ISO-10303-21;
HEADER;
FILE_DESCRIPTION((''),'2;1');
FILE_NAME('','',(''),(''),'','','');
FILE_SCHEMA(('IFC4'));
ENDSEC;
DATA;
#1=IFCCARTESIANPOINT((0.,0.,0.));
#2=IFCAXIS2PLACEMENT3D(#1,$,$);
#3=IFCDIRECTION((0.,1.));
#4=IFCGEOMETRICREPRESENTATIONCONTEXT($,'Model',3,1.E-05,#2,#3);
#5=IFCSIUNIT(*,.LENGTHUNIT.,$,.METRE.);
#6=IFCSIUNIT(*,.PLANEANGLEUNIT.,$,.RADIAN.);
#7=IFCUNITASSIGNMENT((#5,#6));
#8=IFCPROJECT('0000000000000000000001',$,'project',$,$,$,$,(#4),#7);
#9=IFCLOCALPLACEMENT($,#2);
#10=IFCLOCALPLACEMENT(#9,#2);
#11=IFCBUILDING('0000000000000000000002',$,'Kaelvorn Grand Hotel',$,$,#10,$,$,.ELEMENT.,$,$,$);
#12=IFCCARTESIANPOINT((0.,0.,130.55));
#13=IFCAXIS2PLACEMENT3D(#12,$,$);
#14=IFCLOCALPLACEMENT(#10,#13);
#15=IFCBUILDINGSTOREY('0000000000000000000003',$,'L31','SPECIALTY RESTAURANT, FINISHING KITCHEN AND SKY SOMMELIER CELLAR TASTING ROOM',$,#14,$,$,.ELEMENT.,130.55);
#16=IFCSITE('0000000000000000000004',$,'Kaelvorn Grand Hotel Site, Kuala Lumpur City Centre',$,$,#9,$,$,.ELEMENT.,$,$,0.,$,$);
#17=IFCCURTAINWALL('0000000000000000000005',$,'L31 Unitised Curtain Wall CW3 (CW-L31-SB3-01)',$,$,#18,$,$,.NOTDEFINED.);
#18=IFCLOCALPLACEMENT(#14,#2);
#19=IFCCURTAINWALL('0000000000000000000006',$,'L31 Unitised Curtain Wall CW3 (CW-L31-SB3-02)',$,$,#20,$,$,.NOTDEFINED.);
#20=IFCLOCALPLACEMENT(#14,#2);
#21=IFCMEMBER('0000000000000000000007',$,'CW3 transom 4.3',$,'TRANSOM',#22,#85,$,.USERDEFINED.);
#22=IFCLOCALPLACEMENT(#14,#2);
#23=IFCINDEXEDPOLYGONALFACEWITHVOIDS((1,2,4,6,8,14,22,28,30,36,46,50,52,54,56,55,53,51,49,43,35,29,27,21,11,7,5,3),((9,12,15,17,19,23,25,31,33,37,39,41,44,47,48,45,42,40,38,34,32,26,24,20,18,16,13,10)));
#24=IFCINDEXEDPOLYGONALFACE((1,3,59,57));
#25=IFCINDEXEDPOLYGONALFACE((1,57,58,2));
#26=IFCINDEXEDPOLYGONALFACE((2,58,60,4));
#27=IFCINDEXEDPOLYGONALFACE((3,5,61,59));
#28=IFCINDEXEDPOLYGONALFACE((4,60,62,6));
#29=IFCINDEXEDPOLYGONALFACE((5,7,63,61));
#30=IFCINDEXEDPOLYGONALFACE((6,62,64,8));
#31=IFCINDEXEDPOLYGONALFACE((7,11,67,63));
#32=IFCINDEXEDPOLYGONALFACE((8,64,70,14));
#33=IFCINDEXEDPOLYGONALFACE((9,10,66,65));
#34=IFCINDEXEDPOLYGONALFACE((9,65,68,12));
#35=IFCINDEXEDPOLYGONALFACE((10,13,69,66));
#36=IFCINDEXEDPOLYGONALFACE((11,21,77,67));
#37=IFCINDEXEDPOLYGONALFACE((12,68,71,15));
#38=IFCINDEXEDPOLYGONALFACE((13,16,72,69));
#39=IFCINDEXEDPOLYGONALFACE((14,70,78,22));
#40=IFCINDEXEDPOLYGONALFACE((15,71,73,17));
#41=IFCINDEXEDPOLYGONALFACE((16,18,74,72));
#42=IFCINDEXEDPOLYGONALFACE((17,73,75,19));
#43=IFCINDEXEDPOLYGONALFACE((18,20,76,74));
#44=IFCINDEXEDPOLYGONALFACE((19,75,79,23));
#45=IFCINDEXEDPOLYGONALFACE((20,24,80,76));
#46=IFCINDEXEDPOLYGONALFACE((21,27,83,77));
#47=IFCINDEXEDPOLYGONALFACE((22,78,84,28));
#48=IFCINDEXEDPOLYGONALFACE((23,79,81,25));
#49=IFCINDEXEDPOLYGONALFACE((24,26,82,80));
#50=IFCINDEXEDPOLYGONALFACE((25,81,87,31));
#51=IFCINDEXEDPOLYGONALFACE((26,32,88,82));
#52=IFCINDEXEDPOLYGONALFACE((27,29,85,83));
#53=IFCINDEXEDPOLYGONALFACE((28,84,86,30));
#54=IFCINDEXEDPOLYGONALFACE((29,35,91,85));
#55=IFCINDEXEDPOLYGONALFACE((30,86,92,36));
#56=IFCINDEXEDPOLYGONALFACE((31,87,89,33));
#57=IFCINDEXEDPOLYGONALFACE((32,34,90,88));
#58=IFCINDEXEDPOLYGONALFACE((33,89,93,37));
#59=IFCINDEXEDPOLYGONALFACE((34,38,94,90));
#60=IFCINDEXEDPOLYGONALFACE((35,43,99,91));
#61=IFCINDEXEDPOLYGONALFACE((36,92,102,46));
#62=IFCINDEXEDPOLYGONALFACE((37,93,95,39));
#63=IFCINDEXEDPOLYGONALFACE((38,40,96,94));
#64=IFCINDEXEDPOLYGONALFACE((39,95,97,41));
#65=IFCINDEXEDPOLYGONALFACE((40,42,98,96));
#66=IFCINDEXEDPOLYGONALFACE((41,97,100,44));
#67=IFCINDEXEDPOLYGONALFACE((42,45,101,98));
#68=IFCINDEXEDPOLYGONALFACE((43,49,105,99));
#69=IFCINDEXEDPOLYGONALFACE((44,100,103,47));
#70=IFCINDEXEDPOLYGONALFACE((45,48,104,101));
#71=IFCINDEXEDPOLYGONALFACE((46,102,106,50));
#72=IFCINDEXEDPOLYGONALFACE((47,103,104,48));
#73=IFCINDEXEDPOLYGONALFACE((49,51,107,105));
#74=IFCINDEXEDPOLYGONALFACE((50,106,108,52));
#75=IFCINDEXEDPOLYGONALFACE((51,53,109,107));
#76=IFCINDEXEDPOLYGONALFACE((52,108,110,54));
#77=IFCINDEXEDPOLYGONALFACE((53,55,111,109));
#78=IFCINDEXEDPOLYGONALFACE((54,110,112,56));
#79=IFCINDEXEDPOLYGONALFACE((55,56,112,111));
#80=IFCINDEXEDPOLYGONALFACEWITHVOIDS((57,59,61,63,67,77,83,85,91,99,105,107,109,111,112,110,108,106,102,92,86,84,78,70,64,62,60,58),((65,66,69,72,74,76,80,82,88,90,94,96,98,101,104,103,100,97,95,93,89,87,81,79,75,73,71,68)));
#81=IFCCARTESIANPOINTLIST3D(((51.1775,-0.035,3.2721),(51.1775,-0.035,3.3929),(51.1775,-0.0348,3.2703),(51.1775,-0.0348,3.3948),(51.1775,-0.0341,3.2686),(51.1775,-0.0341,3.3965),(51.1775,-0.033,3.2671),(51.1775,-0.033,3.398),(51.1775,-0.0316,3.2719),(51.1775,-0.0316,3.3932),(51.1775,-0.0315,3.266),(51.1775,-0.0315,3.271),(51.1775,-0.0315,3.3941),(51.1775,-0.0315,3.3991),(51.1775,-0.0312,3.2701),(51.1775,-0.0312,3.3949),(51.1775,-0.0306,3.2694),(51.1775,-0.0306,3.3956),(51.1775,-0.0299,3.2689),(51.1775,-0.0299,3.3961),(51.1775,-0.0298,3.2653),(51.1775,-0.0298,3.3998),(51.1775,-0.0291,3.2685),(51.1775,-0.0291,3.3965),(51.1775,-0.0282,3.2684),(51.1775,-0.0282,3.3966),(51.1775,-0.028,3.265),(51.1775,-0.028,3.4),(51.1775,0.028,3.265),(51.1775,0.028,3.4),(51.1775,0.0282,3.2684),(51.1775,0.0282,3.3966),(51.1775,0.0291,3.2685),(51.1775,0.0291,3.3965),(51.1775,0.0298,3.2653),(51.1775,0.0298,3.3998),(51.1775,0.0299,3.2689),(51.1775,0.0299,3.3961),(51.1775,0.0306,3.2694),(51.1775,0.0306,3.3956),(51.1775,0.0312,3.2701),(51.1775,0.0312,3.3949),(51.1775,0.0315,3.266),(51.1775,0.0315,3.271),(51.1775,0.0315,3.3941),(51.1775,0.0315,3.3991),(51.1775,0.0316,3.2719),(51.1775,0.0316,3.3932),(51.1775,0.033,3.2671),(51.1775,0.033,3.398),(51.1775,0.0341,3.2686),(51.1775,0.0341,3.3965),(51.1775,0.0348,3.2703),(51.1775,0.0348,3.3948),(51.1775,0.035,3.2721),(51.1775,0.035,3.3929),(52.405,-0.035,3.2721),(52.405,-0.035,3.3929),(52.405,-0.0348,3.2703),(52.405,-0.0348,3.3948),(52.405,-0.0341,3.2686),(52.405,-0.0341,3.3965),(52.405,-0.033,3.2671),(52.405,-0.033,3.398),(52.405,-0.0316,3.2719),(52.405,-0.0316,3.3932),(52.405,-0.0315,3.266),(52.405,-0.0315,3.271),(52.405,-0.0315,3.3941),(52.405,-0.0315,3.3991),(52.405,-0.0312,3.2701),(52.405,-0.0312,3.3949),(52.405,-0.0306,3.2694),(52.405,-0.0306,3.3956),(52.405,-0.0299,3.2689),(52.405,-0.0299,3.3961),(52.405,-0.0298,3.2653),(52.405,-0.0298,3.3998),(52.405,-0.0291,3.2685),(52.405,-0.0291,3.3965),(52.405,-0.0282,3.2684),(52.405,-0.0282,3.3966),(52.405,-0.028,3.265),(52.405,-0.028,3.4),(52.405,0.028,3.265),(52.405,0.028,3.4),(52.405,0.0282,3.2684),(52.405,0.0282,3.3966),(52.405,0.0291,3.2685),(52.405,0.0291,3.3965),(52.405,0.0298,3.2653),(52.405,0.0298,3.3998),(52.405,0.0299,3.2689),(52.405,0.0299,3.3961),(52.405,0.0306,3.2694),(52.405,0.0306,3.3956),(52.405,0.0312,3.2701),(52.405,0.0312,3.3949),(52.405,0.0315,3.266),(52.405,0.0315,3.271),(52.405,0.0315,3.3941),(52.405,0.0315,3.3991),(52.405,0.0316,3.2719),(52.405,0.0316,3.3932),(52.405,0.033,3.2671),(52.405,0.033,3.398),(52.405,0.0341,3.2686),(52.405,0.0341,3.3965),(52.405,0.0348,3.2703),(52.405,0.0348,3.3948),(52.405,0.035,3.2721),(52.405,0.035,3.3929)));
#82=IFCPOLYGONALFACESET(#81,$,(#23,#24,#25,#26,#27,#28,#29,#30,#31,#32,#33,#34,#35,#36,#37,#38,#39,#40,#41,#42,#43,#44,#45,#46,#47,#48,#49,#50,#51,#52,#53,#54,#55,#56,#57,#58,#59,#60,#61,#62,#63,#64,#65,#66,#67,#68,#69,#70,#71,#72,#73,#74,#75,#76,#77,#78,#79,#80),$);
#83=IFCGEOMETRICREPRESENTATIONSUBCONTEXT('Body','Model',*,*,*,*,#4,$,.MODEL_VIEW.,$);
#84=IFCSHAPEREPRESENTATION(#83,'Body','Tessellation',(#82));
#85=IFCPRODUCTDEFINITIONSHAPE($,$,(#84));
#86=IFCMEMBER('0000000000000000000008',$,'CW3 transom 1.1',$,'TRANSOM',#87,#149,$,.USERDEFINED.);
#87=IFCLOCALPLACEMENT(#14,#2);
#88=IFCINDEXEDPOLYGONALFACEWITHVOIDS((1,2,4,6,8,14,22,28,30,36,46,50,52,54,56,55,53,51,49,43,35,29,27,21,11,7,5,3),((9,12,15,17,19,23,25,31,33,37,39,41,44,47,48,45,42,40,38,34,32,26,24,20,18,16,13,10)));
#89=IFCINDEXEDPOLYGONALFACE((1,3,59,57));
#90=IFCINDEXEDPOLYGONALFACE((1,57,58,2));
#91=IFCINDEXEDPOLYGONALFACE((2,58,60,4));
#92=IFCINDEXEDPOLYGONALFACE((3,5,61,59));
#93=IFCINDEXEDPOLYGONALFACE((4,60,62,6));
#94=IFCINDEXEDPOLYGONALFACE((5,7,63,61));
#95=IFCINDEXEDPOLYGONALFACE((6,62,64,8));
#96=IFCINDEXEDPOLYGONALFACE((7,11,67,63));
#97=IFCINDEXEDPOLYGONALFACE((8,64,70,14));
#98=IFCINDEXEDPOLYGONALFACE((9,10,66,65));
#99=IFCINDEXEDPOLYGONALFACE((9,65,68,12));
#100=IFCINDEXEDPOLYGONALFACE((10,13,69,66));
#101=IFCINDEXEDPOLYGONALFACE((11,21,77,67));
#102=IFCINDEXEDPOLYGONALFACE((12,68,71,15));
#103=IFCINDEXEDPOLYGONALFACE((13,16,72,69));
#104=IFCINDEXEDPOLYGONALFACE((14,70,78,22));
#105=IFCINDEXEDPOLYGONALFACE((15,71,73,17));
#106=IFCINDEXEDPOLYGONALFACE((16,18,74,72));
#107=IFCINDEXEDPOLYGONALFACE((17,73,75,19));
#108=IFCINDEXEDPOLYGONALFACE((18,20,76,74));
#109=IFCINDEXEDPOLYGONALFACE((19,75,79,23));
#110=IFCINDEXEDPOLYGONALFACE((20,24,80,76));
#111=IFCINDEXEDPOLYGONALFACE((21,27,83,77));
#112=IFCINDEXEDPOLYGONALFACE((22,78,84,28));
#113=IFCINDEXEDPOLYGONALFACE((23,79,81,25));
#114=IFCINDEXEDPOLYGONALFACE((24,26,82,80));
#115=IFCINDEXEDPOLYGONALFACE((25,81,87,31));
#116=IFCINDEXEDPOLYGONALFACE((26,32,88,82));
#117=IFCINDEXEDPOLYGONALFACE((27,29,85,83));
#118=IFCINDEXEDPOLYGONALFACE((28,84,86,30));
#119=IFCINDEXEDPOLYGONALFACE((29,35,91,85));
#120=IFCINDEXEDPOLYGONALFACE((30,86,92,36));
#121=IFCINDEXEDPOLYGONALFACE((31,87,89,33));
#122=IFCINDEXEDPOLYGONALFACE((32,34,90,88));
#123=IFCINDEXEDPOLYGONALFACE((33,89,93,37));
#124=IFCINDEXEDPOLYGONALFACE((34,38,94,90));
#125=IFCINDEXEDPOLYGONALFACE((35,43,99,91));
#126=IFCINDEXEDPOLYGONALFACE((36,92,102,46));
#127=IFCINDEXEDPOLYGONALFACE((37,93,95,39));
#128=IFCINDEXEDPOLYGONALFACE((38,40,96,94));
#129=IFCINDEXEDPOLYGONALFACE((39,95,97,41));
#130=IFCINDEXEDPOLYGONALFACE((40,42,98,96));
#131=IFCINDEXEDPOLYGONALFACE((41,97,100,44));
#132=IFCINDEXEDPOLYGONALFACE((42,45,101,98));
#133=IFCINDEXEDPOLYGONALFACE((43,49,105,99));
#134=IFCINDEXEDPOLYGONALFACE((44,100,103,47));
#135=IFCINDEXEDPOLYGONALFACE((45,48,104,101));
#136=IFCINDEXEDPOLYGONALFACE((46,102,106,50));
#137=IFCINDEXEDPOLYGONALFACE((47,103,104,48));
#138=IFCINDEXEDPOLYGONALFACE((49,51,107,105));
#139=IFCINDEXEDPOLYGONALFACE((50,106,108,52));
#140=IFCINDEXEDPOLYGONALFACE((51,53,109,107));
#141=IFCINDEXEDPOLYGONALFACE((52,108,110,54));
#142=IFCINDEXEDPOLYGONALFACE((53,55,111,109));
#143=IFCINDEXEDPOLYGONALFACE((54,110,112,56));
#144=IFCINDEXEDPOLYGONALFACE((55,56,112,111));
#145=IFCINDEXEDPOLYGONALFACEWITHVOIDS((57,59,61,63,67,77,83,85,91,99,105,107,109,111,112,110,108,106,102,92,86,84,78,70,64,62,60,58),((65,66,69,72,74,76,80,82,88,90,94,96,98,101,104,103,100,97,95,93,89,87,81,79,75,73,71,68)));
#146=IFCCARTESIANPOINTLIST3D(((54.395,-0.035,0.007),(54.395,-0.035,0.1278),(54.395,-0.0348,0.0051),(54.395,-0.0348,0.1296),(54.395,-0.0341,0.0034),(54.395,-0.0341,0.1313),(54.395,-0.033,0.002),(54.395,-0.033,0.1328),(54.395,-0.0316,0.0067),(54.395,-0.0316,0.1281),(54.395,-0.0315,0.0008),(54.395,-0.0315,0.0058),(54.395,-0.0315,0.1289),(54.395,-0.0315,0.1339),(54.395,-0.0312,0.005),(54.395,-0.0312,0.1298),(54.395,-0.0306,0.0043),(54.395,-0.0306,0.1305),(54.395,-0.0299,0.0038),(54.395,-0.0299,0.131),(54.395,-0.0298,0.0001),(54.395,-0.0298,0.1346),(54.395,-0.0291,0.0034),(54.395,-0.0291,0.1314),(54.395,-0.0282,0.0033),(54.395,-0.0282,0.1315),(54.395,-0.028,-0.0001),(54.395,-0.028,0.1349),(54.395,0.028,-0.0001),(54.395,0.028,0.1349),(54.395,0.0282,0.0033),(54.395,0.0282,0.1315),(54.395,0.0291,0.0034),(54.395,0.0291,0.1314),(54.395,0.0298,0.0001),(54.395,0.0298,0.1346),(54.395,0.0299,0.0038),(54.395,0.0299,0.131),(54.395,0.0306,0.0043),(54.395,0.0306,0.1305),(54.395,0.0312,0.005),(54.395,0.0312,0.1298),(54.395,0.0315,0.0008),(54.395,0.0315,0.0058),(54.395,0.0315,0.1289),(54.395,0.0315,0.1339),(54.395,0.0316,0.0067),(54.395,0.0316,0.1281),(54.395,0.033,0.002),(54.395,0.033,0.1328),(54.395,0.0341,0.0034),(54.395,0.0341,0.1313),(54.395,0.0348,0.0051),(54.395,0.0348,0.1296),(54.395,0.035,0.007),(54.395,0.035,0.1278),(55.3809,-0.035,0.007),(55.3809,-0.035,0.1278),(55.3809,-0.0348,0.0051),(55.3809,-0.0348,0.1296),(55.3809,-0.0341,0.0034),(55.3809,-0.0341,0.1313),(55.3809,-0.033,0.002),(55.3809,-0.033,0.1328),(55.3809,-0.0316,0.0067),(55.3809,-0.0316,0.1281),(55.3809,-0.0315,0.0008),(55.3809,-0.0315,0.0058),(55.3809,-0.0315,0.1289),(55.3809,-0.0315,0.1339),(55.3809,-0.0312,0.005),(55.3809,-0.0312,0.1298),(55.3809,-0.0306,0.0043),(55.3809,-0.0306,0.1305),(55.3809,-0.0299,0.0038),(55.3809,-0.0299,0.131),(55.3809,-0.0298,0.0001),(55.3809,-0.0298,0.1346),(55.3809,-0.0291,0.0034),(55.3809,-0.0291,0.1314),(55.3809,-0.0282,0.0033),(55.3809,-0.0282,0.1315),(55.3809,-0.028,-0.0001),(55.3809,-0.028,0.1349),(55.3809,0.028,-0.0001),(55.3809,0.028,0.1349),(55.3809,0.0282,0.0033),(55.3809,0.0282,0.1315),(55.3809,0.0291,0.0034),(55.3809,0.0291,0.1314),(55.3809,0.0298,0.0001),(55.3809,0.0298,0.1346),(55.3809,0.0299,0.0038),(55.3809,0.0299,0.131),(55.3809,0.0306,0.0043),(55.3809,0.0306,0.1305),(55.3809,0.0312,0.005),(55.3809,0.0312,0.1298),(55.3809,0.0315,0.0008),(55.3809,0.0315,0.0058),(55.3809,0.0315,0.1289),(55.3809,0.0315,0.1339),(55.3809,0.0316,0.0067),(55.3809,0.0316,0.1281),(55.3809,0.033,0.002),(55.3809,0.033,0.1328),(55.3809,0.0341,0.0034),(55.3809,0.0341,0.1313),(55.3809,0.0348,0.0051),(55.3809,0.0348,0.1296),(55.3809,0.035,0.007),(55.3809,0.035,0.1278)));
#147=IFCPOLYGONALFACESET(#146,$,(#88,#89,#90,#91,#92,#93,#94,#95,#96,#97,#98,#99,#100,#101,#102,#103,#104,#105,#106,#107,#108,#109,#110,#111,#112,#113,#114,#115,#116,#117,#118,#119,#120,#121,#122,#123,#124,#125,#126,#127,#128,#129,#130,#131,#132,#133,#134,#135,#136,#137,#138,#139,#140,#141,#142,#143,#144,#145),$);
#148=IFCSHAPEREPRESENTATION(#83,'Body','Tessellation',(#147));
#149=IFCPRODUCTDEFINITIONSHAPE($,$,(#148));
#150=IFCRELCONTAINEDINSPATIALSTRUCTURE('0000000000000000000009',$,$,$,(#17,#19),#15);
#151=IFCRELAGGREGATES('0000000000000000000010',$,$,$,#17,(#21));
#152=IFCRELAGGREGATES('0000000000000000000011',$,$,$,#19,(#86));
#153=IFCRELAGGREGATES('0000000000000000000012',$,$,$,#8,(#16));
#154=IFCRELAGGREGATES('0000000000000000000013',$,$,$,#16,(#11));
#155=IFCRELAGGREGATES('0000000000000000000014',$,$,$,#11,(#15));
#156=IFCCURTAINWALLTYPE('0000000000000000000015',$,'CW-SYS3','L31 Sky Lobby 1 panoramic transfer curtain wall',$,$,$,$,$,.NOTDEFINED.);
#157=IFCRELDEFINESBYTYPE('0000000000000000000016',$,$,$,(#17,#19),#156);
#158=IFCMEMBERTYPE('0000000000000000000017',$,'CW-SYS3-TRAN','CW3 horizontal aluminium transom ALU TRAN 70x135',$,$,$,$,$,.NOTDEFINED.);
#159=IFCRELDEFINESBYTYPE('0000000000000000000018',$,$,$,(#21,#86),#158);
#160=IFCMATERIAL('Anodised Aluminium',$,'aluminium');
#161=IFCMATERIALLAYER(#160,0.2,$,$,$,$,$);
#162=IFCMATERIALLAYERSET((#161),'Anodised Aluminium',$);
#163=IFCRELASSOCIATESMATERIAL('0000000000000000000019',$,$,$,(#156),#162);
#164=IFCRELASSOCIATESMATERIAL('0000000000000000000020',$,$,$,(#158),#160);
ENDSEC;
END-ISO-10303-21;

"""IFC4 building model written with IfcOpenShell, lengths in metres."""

from ifc_helpers import new_model, si_unit, direction, frame, origin, origin_2d, place, context, subcontext, project, spatial, hollow_rectangle, extrude, material, layer, layer_set, material_profile, profile_set, type_object, element, aggregate, save


model = new_model("IFC4")

# Units and contexts
model_context = context("Model", 3, precision=1e-05, world=origin(), true_north=direction((0.0, 1.0)))
body_context = subcontext(model_context, "Body", "Model", "MODEL_VIEW")
ifc_project = project(units=[si_unit("LENGTHUNIT", "METRE"), si_unit("PLANEANGLEUNIT", "RADIAN")], contexts=[model_context])

# Site, building, storey
site_placement = place(None, origin())
site = spatial("IfcSite", under=ifc_project, at=site_placement, Name="Kaelvorn Grand Hotel Site, Kuala Lumpur City Centre", CompositionType="ELEMENT", RefElevation=0.0)
building_placement = place(site_placement, origin())
building = spatial("IfcBuilding", under=site, at=building_placement, Name="Kaelvorn Grand Hotel", CompositionType="ELEMENT")
storey_placement = place(building_placement, frame((0.0, 0.0, 130.55)))
storey = spatial("IfcBuildingStorey", under=building, at=storey_placement, Name="L31", Description="SPECIALTY RESTAURANT, FINISHING KITCHEN AND SKY SOMMELIER CELLAR TASTING ROOM", CompositionType="ELEMENT", Elevation=130.55)

# Curtain walls
ifc_material_1 = material(Name="Anodised Aluminium", Category="aluminium")
ifc_layer_1 = layer(ifc_material_1, 0.2)
ifc_layer_set_1 = layer_set([ifc_layer_1], Name="Anodised Aluminium")
curtain_wall_type = type_object("IfcCurtainWallType", Name="CW-SYS3", Description="L31 Sky Lobby 1 panoramic transfer curtain wall", PredefinedType="NOTDEFINED", material=ifc_layer_set_1)
curtain_wall_1_placement = place(storey_placement, origin())
curtain_wall_1 = element("IfcCurtainWall", 1, at=curtain_wall_1_placement, inside=storey, type_object=curtain_wall_type, Name="L31 Unitised Curtain Wall CW3 (CW-L31-SB3-01)", PredefinedType="NOTDEFINED")
curtain_wall_2_placement = place(storey_placement, origin())
curtain_wall_2 = element("IfcCurtainWall", 2, at=curtain_wall_2_placement, inside=storey, type_object=curtain_wall_type, Name="L31 Unitised Curtain Wall CW3 (CW-L31-SB3-02)", PredefinedType="NOTDEFINED")

# Members
ifc_material_profile_1 = material_profile(ifc_material_1, hollow_rectangle(XDim=0.0701, YDim=0.135, WallThickness=0.0034, InnerFilletRadius=0.0034, OuterFilletRadius=0.0071, at=origin_2d()), Name="ALU TRAN 70x135")
ifc_profile_set_1 = profile_set([ifc_material_profile_1], Name="Anodised Aluminium")
member_type_1 = type_object("IfcMemberType", Name="CW-SYS3-TRAN", Description="CW3 horizontal aluminium transom ALU TRAN 70x135", PredefinedType="NOTDEFINED", material=ifc_profile_set_1)
member_1_placement = place(storey_placement, frame((51.1775, 0.0, 3.3325), z_axis=(1.0, 0.0, 0.0), x_axis=(0.0, 1.0, 0.0)))
member_1 = element("IfcMember", 3, at=member_1_placement, type_object=member_type_1, Name="CW3 transom 4.3", ObjectType="TRANSOM", PredefinedType="USERDEFINED", context=body_context, shape_type="SweptSolid", body=[
    extrude(hollow_rectangle(XDim=0.0701, YDim=0.135, WallThickness=0.0034, InnerFilletRadius=0.0034, OuterFilletRadius=0.0071, at=origin_2d()), origin(), (0.0, 0.0, 1.0), 1.2275),
])
member_2_placement = place(storey_placement, frame((54.395, 0.0, 0.0674), z_axis=(1.0, 0.0, 0.0), x_axis=(0.0, 1.0, 0.0)))
member_2 = element("IfcMember", 4, at=member_2_placement, type_object=member_type_1, Name="CW3 transom 1.1", ObjectType="TRANSOM", PredefinedType="USERDEFINED", context=body_context, shape_type="SweptSolid", body=[
    extrude(hollow_rectangle(XDim=0.0701, YDim=0.135, WallThickness=0.0034, InnerFilletRadius=0.0034, OuterFilletRadius=0.0071, at=origin_2d()), origin(), (0.0, 0.0, 1.0), 0.9858),
])

aggregate(curtain_wall_1, [member_1])
aggregate(curtain_wall_2, [member_2])

save(model, "model.ifc")
